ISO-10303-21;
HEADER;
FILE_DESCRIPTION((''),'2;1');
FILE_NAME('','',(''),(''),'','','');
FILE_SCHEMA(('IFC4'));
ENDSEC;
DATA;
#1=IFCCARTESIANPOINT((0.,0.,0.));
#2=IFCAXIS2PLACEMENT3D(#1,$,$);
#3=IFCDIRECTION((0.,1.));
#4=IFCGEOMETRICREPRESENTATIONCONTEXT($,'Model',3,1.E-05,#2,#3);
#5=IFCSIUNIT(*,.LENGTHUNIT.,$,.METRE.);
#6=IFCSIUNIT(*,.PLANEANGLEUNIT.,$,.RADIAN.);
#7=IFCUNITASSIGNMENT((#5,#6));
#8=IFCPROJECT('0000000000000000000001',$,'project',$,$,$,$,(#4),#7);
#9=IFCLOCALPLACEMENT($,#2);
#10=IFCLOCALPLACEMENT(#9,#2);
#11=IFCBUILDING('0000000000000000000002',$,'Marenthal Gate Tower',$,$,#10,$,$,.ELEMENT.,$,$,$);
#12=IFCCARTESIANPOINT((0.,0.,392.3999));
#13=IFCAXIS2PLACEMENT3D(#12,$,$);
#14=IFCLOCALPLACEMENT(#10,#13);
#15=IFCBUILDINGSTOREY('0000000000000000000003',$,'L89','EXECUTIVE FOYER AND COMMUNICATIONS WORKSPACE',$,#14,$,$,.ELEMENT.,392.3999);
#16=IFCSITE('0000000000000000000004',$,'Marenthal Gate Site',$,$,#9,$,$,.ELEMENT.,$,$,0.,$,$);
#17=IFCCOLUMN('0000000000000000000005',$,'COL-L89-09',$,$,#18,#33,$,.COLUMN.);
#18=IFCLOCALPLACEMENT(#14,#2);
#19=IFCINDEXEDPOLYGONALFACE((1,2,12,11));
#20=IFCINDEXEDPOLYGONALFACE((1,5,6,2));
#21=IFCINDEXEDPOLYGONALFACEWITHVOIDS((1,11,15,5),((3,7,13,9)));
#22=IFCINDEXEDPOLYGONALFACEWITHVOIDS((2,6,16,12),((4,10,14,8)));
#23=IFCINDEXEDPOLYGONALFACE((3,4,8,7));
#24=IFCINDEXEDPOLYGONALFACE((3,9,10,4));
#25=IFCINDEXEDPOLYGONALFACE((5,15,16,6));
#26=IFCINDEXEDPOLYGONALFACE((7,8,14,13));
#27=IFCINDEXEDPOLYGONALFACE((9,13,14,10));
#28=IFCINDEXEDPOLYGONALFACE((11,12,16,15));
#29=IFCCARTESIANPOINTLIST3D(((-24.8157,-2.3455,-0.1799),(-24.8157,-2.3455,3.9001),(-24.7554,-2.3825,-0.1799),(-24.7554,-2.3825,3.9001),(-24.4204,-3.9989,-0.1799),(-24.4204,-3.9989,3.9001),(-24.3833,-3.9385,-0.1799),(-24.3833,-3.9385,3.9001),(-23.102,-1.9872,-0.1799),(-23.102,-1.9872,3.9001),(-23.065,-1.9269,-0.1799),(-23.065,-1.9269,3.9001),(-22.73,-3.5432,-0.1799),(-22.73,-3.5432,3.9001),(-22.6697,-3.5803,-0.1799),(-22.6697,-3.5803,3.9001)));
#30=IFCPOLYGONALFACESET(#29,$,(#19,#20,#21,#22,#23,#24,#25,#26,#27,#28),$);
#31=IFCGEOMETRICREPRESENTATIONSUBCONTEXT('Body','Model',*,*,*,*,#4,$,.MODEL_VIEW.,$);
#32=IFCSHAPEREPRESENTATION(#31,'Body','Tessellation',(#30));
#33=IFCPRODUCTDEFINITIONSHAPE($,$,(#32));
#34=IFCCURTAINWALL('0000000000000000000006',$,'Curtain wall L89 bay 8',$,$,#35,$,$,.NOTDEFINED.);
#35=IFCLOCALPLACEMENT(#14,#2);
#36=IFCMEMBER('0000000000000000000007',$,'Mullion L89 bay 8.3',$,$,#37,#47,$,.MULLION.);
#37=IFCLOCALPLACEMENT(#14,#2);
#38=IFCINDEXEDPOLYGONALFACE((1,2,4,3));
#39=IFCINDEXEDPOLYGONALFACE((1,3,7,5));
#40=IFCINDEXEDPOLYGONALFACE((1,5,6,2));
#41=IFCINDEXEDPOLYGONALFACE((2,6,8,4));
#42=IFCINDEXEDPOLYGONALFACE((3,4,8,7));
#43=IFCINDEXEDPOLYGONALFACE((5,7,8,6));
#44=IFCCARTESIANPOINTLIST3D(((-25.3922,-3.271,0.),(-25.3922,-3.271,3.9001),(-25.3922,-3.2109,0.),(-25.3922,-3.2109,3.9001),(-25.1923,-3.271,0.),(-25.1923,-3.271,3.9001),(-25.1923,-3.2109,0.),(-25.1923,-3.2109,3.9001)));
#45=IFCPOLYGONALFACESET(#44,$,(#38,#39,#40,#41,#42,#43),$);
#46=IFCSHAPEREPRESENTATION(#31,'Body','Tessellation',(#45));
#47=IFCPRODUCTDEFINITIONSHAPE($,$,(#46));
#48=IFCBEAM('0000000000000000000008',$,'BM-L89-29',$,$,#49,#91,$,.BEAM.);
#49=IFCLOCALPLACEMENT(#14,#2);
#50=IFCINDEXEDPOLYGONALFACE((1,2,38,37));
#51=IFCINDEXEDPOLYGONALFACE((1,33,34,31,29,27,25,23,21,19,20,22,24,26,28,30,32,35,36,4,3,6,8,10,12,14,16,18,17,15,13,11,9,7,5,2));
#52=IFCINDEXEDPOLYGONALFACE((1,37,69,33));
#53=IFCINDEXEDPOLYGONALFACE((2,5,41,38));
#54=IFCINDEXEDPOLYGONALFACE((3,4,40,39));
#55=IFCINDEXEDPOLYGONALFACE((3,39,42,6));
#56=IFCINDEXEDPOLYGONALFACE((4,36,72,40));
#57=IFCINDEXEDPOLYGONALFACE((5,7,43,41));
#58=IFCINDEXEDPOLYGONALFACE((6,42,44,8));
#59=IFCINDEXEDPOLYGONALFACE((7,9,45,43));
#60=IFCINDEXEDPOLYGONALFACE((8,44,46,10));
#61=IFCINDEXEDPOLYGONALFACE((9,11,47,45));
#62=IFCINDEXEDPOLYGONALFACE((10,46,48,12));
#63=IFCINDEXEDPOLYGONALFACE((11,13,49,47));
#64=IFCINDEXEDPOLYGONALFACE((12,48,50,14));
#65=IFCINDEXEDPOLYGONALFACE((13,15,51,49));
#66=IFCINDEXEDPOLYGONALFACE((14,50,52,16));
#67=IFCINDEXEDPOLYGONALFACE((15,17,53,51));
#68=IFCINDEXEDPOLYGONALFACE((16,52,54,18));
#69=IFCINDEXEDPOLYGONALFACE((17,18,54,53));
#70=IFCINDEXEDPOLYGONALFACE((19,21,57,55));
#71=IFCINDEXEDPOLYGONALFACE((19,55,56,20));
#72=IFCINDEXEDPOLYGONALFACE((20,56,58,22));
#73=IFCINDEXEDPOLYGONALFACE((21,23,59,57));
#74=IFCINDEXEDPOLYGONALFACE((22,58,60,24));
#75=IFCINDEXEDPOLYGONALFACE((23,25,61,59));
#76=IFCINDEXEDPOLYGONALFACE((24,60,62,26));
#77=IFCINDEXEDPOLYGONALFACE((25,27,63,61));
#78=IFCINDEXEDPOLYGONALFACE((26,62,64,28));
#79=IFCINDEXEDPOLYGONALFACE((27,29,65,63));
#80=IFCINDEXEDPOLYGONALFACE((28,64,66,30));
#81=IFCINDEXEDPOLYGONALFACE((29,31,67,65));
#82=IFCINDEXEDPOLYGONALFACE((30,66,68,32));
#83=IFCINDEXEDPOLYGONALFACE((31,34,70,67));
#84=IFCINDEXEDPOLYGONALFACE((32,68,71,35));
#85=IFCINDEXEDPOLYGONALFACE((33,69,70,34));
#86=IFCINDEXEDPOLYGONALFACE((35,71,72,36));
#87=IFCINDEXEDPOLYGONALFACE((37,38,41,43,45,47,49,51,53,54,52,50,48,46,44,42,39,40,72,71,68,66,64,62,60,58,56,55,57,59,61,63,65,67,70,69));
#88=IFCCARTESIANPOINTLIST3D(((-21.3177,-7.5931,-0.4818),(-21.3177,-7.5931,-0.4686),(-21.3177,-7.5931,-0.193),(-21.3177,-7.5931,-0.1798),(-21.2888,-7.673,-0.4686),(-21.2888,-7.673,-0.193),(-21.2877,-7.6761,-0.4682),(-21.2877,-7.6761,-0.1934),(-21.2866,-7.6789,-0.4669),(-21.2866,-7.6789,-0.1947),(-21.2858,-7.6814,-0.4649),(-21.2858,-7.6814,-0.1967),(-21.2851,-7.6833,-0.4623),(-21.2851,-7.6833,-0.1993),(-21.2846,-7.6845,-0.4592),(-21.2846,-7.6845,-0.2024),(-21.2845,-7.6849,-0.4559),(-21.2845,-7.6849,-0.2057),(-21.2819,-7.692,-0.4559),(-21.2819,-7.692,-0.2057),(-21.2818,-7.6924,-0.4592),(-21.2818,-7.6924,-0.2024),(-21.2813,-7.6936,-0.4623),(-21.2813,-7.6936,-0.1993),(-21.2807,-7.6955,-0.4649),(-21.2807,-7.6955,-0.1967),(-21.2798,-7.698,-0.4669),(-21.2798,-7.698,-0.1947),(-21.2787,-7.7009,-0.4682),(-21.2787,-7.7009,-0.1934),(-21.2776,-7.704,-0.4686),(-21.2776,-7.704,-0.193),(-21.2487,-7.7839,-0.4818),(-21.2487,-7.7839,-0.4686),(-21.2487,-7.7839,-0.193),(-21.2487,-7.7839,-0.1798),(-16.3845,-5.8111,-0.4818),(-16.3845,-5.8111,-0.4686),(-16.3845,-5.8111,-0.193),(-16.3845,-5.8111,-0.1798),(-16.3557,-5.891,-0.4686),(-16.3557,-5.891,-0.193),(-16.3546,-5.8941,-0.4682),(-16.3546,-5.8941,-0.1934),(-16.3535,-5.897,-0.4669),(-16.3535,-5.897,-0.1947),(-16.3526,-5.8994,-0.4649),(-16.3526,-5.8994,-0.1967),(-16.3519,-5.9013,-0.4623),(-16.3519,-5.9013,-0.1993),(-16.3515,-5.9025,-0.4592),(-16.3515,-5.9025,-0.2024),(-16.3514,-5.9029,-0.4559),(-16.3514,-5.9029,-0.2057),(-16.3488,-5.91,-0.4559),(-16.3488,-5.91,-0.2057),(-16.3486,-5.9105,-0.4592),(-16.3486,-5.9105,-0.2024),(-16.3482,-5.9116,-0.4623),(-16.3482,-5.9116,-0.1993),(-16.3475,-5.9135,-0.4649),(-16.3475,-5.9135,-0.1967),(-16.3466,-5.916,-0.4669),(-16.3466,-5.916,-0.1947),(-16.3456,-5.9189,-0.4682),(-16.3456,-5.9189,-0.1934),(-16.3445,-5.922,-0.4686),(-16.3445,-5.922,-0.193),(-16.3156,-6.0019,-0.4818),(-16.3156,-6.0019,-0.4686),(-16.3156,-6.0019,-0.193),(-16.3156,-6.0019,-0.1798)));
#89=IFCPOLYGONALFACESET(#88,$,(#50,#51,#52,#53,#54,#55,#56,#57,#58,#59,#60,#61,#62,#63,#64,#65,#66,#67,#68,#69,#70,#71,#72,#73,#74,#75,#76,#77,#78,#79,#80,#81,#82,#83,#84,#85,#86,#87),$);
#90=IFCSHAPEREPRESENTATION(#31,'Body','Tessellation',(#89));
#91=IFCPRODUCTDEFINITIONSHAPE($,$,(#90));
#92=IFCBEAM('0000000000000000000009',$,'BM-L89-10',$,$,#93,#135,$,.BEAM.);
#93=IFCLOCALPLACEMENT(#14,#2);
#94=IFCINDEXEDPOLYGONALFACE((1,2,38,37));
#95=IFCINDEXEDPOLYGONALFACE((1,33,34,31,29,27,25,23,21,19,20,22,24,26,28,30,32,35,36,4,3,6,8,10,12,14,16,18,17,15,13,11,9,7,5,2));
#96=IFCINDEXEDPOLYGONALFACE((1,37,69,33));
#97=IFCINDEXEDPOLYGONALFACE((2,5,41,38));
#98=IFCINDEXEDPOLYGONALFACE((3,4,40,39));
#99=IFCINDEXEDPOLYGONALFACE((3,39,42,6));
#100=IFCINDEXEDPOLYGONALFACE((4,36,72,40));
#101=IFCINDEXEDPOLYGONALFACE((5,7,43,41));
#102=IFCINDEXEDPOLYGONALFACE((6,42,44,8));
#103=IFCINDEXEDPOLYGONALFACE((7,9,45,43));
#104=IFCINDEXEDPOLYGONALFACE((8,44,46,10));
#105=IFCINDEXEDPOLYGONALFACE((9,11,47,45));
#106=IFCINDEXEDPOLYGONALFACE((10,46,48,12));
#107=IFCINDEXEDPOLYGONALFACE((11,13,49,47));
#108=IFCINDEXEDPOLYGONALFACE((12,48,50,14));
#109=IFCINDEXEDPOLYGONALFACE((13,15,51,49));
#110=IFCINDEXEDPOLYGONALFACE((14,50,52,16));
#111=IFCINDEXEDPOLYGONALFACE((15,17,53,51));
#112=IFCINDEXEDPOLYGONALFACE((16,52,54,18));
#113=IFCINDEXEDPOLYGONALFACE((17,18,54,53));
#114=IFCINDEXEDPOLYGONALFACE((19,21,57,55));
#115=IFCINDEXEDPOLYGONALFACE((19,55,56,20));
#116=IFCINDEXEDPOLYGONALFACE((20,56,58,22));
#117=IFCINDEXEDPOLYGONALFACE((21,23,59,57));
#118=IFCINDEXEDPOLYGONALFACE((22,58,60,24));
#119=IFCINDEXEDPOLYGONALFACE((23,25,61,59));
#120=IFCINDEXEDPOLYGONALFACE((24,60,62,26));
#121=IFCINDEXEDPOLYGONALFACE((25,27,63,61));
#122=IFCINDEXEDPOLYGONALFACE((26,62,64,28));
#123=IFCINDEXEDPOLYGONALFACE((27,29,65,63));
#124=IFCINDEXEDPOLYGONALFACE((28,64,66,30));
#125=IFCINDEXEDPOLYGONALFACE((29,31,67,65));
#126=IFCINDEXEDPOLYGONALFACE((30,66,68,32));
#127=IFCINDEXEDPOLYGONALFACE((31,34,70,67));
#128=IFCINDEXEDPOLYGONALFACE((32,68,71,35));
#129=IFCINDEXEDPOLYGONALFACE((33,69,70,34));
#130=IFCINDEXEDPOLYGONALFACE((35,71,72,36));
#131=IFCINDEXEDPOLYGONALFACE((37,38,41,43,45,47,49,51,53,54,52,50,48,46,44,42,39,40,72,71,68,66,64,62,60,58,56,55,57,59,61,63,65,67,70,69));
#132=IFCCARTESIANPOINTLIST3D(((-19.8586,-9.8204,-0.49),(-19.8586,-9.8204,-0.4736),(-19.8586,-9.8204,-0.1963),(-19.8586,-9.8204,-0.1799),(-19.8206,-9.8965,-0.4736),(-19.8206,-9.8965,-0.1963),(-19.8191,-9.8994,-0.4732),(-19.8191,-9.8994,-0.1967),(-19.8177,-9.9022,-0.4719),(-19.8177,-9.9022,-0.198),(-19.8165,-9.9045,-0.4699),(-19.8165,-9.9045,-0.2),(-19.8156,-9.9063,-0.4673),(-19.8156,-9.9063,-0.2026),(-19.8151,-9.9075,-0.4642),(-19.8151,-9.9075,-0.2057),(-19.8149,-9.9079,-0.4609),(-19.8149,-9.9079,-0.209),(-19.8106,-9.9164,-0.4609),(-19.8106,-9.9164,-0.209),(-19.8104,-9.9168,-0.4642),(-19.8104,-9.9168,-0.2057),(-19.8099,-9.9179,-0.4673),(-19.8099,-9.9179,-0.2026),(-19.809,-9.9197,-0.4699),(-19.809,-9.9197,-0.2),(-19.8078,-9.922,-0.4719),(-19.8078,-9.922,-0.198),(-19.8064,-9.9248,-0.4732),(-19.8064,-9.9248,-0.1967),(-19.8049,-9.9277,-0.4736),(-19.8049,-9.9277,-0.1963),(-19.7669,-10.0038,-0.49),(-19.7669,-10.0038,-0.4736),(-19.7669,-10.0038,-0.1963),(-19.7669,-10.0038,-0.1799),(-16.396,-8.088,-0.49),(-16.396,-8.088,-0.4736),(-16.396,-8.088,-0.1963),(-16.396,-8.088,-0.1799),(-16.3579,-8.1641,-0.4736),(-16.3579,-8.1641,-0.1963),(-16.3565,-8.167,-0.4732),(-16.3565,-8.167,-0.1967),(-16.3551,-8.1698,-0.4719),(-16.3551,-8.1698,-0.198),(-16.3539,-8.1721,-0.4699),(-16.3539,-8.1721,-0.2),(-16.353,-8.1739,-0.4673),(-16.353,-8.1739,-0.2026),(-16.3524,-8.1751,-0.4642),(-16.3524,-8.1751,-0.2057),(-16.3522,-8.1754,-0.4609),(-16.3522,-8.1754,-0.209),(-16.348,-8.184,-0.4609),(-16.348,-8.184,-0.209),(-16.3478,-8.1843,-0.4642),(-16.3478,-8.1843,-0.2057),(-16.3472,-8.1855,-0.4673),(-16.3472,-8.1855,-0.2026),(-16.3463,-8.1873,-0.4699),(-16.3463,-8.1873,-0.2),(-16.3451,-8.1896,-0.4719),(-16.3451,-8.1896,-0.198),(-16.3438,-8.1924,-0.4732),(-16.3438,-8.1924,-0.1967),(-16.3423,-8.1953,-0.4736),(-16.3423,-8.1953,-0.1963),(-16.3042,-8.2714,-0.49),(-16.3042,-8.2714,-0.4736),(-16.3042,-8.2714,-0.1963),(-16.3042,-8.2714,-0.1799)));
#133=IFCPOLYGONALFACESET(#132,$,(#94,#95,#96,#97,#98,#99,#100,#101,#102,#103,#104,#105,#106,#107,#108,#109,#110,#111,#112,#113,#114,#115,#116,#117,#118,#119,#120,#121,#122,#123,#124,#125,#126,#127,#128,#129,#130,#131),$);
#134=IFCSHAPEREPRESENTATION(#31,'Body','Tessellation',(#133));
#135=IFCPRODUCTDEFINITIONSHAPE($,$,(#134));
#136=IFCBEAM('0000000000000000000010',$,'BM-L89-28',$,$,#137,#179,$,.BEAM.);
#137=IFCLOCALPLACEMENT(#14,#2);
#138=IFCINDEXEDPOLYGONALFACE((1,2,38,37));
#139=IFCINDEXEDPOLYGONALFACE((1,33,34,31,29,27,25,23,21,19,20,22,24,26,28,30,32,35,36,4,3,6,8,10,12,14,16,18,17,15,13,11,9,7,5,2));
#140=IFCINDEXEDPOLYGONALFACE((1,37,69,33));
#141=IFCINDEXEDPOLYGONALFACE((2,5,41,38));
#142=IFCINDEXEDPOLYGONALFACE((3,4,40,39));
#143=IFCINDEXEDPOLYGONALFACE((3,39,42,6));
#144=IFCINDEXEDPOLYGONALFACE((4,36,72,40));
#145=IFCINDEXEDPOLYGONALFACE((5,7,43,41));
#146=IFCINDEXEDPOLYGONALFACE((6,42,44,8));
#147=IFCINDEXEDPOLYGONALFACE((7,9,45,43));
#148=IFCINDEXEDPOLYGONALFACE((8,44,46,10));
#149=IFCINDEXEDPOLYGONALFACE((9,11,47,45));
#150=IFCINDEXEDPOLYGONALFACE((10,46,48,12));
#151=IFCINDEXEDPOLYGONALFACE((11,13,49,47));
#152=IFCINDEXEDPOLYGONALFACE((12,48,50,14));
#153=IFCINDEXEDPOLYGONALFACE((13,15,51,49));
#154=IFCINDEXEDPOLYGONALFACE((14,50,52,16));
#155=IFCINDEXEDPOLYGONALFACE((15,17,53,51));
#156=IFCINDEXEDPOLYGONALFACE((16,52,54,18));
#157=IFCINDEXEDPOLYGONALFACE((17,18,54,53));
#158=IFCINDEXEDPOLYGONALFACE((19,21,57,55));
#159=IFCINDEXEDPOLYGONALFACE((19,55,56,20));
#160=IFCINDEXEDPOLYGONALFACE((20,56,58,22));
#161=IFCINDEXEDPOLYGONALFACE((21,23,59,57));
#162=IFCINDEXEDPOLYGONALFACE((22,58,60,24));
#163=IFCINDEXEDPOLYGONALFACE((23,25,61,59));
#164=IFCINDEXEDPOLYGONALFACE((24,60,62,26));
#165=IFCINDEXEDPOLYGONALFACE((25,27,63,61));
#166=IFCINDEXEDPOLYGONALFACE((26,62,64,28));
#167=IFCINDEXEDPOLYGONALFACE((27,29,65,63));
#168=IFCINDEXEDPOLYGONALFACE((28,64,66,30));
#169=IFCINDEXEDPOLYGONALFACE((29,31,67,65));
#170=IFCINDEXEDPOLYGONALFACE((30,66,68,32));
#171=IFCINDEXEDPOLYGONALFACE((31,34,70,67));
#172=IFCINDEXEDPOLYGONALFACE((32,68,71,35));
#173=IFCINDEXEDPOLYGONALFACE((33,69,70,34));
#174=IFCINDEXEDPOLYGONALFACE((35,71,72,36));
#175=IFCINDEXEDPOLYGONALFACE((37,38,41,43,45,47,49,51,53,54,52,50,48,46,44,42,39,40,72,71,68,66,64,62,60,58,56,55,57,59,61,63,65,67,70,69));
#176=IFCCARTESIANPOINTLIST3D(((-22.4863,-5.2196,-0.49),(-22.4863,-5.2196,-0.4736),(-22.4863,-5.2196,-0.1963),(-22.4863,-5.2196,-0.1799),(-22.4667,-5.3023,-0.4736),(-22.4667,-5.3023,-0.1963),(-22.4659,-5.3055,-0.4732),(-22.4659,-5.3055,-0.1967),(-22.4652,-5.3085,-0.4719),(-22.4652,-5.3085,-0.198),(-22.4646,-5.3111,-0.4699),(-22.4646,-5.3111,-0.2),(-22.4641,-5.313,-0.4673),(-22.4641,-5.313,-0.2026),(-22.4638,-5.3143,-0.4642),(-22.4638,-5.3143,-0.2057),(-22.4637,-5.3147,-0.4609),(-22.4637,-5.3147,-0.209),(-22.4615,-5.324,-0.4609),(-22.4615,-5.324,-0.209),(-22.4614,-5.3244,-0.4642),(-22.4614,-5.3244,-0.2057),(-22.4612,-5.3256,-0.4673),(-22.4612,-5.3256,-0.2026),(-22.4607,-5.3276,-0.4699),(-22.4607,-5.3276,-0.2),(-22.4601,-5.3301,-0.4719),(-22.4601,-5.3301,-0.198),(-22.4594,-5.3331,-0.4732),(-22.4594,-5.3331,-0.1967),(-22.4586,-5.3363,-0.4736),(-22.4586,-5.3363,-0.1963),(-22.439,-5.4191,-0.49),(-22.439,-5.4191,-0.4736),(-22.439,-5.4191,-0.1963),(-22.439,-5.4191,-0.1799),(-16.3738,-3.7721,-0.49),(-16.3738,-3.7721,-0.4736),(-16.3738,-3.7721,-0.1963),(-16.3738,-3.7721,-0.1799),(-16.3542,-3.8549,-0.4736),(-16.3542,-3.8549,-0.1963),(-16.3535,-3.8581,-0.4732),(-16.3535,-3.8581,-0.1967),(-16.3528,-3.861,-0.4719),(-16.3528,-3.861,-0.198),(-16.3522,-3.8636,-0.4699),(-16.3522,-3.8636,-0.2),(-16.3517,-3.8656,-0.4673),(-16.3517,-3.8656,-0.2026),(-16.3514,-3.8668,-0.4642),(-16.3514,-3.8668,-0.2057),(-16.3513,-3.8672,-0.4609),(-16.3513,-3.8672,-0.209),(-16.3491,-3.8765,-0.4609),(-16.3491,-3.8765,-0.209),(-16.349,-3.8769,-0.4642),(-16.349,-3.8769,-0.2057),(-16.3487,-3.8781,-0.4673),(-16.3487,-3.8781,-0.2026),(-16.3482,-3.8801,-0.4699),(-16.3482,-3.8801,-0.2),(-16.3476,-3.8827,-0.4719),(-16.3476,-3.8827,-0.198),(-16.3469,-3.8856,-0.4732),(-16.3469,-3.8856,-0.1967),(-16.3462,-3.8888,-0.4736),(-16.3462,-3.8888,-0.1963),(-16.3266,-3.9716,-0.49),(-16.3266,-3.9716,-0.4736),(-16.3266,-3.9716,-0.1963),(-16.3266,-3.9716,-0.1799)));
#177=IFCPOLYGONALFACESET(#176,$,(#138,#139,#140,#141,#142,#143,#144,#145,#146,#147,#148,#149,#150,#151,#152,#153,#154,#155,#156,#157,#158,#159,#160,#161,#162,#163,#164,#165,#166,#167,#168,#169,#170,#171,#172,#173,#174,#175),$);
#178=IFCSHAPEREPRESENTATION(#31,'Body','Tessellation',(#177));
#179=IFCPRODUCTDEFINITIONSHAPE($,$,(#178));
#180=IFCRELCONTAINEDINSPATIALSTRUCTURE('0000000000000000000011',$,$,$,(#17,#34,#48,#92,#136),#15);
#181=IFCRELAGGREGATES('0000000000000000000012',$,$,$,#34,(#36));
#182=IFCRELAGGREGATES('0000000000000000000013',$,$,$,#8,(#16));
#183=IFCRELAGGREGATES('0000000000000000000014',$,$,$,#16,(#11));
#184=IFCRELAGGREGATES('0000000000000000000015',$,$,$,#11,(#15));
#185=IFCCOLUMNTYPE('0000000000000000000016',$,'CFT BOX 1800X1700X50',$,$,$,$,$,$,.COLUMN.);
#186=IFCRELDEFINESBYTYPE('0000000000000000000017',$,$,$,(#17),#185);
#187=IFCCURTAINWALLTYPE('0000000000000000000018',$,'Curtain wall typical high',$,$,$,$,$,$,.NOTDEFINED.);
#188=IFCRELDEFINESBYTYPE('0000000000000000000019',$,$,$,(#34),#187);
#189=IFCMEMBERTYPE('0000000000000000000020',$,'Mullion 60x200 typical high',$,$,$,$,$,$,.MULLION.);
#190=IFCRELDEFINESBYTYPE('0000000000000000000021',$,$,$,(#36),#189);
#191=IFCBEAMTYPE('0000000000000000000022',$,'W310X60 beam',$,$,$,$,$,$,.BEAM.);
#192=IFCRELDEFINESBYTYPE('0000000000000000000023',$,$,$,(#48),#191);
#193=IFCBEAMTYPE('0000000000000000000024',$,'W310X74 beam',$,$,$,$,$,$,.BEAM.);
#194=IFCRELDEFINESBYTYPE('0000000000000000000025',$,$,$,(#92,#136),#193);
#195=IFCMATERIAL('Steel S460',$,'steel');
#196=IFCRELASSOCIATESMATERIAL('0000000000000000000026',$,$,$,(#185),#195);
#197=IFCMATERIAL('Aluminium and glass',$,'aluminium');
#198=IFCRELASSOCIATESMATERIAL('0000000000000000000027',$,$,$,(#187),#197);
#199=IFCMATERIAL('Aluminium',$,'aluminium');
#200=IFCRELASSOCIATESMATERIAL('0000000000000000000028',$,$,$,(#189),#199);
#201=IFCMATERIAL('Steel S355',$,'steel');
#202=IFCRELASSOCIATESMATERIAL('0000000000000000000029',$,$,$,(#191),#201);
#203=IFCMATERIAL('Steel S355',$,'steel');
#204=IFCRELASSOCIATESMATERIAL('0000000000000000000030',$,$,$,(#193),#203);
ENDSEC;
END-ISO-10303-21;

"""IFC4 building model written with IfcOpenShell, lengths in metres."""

from ifc_helpers import new_model, si_unit, direction, frame, origin, origin_2d, place, context, subcontext, project, spatial, rectangle, hollow_rectangle, i_section, extrude, material, material_profile, profile_set, type_object, element, aggregate, save


model = new_model("IFC4")

# Units and contexts
model_context = context("Model", 3, precision=1e-05, world=origin(), true_north=direction((0.0, 1.0)))
body_context = subcontext(model_context, "Body", "Model", "MODEL_VIEW")
ifc_project = project(units=[si_unit("LENGTHUNIT", "METRE"), si_unit("PLANEANGLEUNIT", "RADIAN")], contexts=[model_context])

# Site, building, storey
site_placement = place(None, origin())
site = spatial("IfcSite", under=ifc_project, at=site_placement, Name="Marenthal Gate Site", CompositionType="ELEMENT", RefElevation=0.0)
building_placement = place(site_placement, origin())
building = spatial("IfcBuilding", under=site, at=building_placement, Name="Marenthal Gate Tower", CompositionType="ELEMENT")
storey_placement = place(building_placement, frame((0.0, 0.0, 392.3999)))
storey = spatial("IfcBuildingStorey", under=building, at=storey_placement, Name="L89", Description="EXECUTIVE FOYER AND COMMUNICATIONS WORKSPACE", CompositionType="ELEMENT", Elevation=392.3999)

# Column
ifc_material_1 = material(Name="Steel S460", Category="steel")
ifc_material_profile_1 = material_profile(ifc_material_1, hollow_rectangle(XDim=1.7, YDim=1.8, WallThickness=0.05, at=origin_2d()), Name="CFT BOX 1800X1700X50")
ifc_material_2 = material(Name="Concrete 70 MPa", Category="concrete")
ifc_material_profile_2 = material_profile(ifc_material_2, rectangle(XDim=1.6001, YDim=1.7, at=origin_2d()), Name="CFT BOX 1800X1700X50 INFILL")
ifc_profile_set_1 = profile_set([ifc_material_profile_1, ifc_material_profile_2], Name="Steel S460 shell, Concrete 70 MPa infill")
column_type = type_object("IfcColumnType", Name="CFT BOX 1800X1700X50", PredefinedType="COLUMN", material=ifc_profile_set_1)
column_placement = place(storey_placement, frame((-23.7427, -2.9629, -0.1799), z_axis=(0.0, 0.0, 1.0), x_axis=(-0.232542, 0.972586, 0.0)))
element("IfcColumn", 1, at=column_placement, inside=storey, type_object=column_type, Name="COL-L89-09", PredefinedType="COLUMN", context=body_context, shape_type="SweptSolid", body=[
    extrude(hollow_rectangle(XDim=1.7, YDim=1.8, WallThickness=0.05, at=origin_2d()), origin(), (0.0, 0.0, 1.0), 4.0801),
])

# Curtain wall, member
ifc_material_3 = material(Name="Aluminium and glass", Category="aluminium")
curtain_wall_type = type_object("IfcCurtainWallType", Name="Curtain wall typical high", PredefinedType="NOTDEFINED", material=ifc_material_3)
curtain_wall_placement = place(storey_placement, origin())
curtain_wall = element("IfcCurtainWall", 2, at=curtain_wall_placement, inside=storey, type_object=curtain_wall_type, Name="Curtain wall L89 bay 8", PredefinedType="NOTDEFINED")
ifc_material_4 = material(Name="Aluminium", Category="aluminium")
ifc_material_profile_3 = material_profile(ifc_material_4, rectangle(XDim=0.2, YDim=0.0601, at=origin_2d()), Name="60x200 aluminium mullion")
ifc_profile_set_2 = profile_set([ifc_material_profile_3], Name="Aluminium")
member_type = type_object("IfcMemberType", Name="Mullion 60x200 typical high", PredefinedType="MULLION", material=ifc_profile_set_2)
member_placement = place(storey_placement, frame((-25.2922, -3.241, 0.0), z_axis=(0.0, 0.0, 1.0), x_axis=(1.0, 0.0, 0.0)))
member = element("IfcMember", 3, at=member_placement, type_object=member_type, Name="Mullion L89 bay 8.3", PredefinedType="MULLION", context=body_context, shape_type="SweptSolid", body=[
    extrude(rectangle(XDim=0.2, YDim=0.0601, at=origin_2d()), origin(), (0.0, 0.0, 1.0), 3.9001),
])

# Beams
ifc_material_5 = material(Name="Steel S355", Category="steel")
ifc_material_profile_4 = material_profile(ifc_material_5, i_section(OverallWidth=0.2029, OverallDepth=0.302, WebThickness=0.0076, FlangeThickness=0.0132, FilletRadius=0.0127, at=origin_2d()), Name="W310X60")
ifc_profile_set_3 = profile_set([ifc_material_profile_4], Name="Steel S355")
beam_type_1 = type_object("IfcBeamType", Name="W310X60 beam", PredefinedType="BEAM", material=ifc_profile_set_3)
beam_1_placement = place(storey_placement, frame((-21.2832, -7.6885, -0.3308), z_axis=(0.940518, 0.339743, 0.0), x_axis=(-0.339743, 0.940518, 0.0)))
element("IfcBeam", 4, at=beam_1_placement, inside=storey, type_object=beam_type_1, Name="BM-L89-29", PredefinedType="BEAM", context=body_context, shape_type="SweptSolid", body=[
    extrude(i_section(OverallWidth=0.2029, OverallDepth=0.302, WebThickness=0.0076, FlangeThickness=0.0132, FilletRadius=0.0127, at=origin_2d()), origin(), (0.0, 0.0, 1.0), 5.2451),
])
ifc_material_6 = material(Name="Steel S355", Category="steel")
ifc_material_profile_5 = material_profile(ifc_material_6, i_section(OverallWidth=0.2051, OverallDepth=0.3101, WebThickness=0.0095, FlangeThickness=0.0164, FilletRadius=0.0127, at=origin_2d()), Name="W310X74")
ifc_profile_set_4 = profile_set([ifc_material_profile_5], Name="Steel S355")
beam_type_2 = type_object("IfcBeamType", Name="W310X74 beam", PredefinedType="BEAM", material=ifc_profile_set_4)
beam_2_placement = place(storey_placement, frame((-19.8127, -9.9121, -0.335), z_axis=(0.894314, 0.447441, 0.0), x_axis=(-0.447441, 0.894314, 0.0)))
element("IfcBeam", 5, at=beam_2_placement, inside=storey, type_object=beam_type_2, Name="BM-L89-10", PredefinedType="BEAM", context=body_context, shape_type="SweptSolid", body=[
    extrude(i_section(OverallWidth=0.2051, OverallDepth=0.3101, WebThickness=0.0095, FlangeThickness=0.0164, FilletRadius=0.0127, at=origin_2d()), origin(), (0.0, 0.0, 1.0), 3.8718),
])
beam_3_placement = place(storey_placement, frame((-22.4626, -5.3193, -0.335), z_axis=(0.973087, 0.230436, 0.0), x_axis=(-0.230436, 0.973087, 0.0)))
element("IfcBeam", 6, at=beam_3_placement, inside=storey, type_object=beam_type_2, Name="BM-L89-28", PredefinedType="BEAM", context=body_context, shape_type="SweptSolid", body=[
    extrude(i_section(OverallWidth=0.2051, OverallDepth=0.3101, WebThickness=0.0095, FlangeThickness=0.0164, FilletRadius=0.0127, at=origin_2d()), origin(), (0.0, 0.0, 1.0), 6.2815),
])

aggregate(curtain_wall, [member])

save(model, "model.ifc")
